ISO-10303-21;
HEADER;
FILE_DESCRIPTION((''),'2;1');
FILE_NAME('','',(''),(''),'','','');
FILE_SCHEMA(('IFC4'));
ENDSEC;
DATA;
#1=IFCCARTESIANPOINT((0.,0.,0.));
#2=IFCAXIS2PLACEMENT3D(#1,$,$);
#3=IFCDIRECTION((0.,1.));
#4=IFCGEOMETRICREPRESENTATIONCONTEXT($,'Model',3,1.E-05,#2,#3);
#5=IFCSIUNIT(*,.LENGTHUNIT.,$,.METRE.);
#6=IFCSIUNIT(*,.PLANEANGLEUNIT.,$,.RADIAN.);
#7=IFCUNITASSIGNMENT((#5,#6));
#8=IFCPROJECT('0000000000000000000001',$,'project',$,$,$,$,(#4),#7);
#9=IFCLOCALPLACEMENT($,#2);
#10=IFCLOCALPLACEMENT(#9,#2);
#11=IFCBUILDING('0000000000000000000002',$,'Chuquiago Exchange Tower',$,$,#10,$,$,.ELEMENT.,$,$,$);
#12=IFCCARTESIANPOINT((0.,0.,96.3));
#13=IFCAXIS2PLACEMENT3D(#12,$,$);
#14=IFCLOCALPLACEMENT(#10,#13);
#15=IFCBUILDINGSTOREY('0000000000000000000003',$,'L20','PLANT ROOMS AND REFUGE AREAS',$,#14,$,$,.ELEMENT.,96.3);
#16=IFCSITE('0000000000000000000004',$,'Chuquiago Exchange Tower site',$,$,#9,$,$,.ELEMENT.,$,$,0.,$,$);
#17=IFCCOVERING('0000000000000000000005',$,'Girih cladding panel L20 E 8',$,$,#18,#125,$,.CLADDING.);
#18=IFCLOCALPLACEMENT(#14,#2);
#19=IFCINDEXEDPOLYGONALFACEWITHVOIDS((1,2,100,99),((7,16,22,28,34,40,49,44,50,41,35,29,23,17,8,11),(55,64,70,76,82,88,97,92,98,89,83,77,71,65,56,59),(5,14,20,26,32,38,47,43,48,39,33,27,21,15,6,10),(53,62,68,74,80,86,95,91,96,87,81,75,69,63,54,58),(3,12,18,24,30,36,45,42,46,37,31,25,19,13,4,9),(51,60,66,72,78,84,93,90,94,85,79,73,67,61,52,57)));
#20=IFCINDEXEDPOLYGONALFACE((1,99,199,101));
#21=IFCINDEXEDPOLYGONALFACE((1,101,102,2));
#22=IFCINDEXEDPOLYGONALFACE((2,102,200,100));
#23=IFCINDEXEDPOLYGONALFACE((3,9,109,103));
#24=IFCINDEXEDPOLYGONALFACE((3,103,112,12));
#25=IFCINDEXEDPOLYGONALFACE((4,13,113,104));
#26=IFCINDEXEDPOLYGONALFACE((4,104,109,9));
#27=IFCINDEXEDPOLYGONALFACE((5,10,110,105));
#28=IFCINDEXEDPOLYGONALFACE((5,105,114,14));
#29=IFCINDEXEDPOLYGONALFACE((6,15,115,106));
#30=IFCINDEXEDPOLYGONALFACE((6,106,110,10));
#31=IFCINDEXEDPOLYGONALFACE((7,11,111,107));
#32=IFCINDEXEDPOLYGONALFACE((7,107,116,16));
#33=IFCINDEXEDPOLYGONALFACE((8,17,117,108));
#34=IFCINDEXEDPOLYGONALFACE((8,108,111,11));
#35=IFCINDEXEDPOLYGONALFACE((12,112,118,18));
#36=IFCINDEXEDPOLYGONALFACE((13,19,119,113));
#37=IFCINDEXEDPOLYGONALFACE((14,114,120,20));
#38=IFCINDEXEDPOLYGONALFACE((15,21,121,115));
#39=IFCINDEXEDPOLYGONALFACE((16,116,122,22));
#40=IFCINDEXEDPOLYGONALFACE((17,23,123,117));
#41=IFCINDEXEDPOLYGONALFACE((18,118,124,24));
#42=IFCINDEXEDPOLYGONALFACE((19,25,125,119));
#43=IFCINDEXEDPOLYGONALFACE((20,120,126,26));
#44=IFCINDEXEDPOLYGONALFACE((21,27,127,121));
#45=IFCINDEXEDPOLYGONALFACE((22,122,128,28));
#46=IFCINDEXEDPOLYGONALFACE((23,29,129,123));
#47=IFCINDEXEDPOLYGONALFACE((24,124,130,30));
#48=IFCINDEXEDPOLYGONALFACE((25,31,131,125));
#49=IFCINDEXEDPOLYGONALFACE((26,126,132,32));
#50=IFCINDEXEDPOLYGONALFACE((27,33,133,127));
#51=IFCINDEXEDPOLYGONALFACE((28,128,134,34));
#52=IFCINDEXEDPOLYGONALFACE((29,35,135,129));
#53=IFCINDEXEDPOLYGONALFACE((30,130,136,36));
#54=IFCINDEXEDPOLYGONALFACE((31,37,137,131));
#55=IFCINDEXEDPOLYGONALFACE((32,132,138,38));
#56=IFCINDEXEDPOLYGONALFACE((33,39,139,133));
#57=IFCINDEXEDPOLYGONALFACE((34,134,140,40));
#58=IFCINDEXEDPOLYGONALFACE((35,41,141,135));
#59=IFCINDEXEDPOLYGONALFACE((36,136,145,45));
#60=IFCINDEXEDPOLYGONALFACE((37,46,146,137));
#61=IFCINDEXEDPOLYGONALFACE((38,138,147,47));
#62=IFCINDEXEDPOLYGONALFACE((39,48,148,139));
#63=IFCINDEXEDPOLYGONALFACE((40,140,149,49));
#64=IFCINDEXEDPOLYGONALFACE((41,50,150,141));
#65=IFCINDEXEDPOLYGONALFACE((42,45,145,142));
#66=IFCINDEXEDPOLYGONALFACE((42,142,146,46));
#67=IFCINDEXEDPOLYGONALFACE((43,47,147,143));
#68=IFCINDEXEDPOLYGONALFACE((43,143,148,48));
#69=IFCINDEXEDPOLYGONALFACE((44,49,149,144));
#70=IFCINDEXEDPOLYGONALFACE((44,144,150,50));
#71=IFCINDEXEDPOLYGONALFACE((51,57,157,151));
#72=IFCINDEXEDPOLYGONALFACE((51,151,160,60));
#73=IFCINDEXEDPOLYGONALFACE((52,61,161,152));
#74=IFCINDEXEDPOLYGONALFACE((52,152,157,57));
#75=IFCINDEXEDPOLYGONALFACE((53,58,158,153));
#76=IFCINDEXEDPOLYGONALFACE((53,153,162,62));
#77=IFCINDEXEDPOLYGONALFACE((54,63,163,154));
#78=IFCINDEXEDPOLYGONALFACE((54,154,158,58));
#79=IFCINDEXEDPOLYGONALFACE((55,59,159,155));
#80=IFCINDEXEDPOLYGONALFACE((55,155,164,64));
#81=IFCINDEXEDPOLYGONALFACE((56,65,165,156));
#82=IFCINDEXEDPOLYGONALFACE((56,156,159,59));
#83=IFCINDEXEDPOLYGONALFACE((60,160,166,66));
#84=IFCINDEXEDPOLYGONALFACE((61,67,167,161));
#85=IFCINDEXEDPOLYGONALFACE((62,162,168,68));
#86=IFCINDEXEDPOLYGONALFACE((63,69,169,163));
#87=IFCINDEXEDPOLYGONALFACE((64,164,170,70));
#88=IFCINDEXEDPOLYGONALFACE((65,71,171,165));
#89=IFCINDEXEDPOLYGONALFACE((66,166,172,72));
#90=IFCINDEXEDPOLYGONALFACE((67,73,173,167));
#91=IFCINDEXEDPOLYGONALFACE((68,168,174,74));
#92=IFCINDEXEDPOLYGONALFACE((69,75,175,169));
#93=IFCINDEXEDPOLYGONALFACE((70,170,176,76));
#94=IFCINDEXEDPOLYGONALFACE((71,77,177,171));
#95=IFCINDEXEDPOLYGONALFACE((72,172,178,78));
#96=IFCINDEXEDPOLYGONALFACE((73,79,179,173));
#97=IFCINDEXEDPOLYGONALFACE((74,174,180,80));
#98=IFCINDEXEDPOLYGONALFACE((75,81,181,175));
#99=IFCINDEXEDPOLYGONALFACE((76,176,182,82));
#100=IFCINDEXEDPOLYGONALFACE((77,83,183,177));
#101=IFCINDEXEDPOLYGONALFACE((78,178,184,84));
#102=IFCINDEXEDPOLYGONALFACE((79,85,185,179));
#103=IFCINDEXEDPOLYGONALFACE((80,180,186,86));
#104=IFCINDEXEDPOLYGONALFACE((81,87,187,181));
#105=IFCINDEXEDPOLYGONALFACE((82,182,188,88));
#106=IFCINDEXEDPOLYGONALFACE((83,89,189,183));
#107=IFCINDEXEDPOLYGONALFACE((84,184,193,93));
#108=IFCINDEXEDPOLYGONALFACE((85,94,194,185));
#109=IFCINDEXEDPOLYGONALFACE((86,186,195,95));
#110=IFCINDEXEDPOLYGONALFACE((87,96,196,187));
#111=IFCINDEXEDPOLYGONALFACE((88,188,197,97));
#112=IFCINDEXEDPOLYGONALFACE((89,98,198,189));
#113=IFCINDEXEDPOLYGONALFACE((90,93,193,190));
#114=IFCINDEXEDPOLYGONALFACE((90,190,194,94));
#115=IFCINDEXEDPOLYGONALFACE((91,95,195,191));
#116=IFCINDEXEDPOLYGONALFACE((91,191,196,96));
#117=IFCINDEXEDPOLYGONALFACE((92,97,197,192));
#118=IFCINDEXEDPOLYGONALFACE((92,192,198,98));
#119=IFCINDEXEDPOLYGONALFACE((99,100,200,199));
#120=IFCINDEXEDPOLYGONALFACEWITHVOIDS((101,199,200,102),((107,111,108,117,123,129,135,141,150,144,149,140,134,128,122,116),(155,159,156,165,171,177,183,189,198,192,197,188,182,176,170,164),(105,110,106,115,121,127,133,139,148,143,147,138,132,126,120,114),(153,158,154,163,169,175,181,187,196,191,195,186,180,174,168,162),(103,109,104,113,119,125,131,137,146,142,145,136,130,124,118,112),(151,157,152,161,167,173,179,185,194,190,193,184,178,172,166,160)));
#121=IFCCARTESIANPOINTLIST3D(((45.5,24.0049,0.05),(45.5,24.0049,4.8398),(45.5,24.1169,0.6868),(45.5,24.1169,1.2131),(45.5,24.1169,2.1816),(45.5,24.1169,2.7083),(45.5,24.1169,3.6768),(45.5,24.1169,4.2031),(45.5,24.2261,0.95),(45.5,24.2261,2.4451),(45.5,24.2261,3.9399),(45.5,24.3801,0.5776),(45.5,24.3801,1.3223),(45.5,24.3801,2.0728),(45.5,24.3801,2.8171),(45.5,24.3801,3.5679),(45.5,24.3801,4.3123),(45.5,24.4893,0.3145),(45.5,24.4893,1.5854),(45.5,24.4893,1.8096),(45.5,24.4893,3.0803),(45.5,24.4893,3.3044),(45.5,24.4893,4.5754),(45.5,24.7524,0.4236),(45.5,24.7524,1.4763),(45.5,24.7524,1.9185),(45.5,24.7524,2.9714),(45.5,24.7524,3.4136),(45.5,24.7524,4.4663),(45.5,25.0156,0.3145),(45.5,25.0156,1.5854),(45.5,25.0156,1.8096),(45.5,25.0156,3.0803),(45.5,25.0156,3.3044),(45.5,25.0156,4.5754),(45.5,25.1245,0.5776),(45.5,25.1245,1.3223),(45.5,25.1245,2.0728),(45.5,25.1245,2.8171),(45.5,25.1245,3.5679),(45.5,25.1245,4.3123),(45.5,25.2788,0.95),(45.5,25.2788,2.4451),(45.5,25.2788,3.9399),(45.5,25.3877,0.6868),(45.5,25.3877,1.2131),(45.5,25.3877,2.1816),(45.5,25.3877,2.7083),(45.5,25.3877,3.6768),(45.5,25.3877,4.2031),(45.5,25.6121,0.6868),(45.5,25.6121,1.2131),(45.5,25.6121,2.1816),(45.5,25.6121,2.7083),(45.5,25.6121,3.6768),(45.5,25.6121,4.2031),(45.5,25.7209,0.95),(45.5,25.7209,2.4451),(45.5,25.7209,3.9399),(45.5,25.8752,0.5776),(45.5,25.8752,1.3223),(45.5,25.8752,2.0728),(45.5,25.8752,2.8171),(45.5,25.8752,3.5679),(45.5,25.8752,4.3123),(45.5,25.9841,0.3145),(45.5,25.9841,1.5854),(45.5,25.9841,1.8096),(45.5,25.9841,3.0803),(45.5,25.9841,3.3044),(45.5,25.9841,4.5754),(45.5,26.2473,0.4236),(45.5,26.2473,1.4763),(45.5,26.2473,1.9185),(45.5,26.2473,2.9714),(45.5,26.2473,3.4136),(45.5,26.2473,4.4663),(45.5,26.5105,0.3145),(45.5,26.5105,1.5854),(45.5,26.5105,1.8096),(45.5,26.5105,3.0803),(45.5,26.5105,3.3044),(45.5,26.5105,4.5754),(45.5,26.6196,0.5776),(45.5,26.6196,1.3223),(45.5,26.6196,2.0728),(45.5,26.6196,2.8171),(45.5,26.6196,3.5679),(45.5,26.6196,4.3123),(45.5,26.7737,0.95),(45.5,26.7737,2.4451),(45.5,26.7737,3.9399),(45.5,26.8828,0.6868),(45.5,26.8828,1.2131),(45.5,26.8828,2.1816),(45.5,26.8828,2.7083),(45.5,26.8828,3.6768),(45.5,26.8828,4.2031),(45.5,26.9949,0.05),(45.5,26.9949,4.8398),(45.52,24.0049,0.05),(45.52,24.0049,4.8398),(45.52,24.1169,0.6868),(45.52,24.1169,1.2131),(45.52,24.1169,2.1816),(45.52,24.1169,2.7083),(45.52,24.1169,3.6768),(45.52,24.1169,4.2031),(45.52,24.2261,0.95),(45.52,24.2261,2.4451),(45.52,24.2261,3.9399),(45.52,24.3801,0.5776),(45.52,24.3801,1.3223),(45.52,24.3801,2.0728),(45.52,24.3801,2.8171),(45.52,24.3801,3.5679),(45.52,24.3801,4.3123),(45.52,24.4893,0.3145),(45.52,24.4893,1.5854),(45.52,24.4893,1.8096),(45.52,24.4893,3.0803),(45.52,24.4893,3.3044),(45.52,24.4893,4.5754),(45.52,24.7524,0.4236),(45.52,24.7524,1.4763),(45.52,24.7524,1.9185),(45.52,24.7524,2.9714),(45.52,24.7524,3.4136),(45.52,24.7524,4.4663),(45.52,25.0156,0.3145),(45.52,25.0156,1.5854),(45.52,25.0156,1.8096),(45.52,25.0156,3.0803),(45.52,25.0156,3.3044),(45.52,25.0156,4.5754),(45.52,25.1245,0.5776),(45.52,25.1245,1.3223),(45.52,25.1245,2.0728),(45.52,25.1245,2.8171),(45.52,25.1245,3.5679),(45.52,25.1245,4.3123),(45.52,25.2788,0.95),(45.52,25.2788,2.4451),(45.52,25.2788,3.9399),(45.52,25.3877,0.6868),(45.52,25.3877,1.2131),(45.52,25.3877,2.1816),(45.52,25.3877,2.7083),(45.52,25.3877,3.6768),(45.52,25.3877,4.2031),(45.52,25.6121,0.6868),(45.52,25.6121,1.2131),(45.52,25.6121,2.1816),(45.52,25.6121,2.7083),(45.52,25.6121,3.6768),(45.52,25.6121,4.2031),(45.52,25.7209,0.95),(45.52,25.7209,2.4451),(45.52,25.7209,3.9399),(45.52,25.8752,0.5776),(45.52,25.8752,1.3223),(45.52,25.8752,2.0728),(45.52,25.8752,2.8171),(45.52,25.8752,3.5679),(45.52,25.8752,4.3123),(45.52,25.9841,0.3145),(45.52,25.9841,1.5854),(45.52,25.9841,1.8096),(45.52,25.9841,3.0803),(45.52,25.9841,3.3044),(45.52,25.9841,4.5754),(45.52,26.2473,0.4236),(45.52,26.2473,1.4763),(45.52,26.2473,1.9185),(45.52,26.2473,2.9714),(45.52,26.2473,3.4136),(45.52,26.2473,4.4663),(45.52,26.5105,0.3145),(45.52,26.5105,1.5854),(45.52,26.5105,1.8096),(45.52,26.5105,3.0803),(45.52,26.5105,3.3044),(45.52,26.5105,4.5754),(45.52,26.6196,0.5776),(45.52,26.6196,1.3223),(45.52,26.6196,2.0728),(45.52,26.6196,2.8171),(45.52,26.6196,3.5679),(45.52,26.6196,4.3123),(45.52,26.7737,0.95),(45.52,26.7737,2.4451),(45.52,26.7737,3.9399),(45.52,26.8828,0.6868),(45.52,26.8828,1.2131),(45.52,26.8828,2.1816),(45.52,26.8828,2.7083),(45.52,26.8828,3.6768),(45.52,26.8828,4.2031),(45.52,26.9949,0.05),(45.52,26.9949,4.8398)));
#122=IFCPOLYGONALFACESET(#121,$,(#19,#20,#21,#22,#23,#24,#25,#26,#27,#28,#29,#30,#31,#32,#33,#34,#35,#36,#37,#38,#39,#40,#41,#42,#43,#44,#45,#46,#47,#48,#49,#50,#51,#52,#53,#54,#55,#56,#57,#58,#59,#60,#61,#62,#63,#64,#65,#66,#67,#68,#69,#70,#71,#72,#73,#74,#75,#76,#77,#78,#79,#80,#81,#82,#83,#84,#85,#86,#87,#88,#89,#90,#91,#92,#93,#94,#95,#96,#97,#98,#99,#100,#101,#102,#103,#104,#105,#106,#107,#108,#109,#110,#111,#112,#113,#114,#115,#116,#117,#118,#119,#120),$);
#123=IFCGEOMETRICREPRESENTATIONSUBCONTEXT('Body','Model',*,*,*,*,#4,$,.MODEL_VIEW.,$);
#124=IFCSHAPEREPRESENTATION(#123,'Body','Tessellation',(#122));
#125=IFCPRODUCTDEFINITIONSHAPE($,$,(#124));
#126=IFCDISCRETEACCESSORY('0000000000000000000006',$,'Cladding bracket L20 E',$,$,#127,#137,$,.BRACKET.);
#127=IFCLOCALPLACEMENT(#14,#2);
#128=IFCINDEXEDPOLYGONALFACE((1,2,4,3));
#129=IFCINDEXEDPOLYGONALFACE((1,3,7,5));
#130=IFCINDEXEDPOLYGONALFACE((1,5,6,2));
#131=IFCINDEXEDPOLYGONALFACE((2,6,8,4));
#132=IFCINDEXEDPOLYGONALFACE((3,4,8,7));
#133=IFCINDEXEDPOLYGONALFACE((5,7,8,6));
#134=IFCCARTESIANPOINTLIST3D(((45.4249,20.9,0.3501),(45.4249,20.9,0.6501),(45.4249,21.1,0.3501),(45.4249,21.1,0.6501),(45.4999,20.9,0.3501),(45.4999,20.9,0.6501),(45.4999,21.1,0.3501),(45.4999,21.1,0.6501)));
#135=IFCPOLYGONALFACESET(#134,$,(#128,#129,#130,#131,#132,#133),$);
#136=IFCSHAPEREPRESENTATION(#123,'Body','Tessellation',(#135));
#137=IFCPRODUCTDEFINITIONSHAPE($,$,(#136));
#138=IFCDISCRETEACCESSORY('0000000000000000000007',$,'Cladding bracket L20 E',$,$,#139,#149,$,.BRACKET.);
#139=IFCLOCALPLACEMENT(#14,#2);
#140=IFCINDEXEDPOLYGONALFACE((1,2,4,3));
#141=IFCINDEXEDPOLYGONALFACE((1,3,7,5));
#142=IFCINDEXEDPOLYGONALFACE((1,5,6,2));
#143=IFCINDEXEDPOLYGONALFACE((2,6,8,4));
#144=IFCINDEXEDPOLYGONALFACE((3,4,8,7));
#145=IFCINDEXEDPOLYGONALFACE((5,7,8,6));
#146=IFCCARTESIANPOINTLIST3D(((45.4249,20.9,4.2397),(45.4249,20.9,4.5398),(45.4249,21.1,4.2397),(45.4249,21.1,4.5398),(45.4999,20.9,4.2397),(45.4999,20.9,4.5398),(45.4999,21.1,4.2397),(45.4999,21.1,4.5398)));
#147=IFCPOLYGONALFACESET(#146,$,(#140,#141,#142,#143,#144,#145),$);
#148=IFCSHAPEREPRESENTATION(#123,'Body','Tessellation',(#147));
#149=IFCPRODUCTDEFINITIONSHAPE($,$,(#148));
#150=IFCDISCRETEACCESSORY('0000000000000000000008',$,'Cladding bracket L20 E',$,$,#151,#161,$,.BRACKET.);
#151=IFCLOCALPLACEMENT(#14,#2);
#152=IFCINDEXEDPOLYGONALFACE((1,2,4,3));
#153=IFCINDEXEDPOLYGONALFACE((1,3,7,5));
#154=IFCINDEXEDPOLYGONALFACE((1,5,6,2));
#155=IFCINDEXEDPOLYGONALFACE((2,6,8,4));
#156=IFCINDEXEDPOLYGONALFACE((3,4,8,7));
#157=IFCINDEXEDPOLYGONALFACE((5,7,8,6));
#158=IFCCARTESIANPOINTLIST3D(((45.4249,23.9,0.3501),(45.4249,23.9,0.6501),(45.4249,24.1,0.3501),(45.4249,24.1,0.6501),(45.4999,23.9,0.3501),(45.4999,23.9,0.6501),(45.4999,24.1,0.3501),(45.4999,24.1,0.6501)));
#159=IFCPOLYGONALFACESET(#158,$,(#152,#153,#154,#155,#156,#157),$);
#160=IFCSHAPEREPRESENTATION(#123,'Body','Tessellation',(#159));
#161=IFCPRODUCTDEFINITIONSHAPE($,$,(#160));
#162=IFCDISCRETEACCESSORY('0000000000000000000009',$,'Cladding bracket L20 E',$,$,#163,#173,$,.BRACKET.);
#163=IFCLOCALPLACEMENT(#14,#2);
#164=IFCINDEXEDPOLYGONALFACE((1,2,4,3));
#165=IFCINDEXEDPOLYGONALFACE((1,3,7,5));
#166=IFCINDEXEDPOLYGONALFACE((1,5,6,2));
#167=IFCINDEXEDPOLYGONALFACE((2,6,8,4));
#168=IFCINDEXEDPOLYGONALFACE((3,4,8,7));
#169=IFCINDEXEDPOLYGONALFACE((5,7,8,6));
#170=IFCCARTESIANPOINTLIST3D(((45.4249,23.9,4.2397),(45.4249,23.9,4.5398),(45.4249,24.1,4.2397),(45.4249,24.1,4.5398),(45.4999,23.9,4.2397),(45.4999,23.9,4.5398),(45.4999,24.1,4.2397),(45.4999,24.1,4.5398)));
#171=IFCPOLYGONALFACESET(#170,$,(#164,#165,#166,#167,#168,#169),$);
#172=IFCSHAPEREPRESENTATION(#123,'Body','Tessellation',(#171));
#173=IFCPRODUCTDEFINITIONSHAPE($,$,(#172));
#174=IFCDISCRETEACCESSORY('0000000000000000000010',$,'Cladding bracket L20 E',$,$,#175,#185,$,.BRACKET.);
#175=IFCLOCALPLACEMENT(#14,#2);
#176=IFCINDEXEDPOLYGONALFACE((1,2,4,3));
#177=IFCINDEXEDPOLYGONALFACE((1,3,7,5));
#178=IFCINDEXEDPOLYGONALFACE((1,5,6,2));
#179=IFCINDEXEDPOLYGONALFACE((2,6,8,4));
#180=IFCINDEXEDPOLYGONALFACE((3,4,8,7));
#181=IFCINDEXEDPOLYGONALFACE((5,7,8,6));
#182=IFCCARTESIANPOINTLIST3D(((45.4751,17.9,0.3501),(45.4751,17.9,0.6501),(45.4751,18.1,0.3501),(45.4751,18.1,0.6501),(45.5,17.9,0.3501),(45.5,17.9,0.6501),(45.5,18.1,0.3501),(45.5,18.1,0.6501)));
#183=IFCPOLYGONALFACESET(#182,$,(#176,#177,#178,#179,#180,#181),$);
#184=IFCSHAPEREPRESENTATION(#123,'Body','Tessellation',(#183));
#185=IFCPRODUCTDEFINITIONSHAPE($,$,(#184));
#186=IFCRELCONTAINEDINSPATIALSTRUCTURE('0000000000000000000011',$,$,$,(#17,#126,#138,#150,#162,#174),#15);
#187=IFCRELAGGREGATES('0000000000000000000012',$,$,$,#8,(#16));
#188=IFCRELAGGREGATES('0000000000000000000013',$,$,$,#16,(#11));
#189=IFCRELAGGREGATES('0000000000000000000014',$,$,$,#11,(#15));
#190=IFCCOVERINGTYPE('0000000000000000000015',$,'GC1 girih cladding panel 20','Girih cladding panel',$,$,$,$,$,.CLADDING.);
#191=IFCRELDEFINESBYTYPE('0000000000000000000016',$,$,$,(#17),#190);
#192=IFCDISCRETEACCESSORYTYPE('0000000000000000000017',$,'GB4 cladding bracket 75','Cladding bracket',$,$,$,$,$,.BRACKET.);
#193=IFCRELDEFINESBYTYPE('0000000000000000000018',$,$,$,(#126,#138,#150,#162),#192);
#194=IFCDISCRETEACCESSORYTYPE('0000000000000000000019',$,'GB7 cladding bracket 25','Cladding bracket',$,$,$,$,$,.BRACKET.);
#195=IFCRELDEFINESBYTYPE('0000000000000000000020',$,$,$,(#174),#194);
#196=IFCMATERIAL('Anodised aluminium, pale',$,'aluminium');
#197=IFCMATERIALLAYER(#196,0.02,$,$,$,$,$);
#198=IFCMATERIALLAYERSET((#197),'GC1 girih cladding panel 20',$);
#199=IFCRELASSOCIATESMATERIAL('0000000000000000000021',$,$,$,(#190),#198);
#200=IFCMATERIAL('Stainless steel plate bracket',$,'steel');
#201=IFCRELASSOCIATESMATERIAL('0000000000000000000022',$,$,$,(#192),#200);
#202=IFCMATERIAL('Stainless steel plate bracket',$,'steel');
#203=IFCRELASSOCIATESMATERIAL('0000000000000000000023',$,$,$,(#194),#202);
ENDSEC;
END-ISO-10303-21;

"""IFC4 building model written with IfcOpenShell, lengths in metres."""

from ifc_helpers import new_model, si_unit, direction, frame, origin, origin_2d, place, context, subcontext, project, spatial, polyline, rectangle, outline, extrude, material, layer, layer_set, type_object, element, save


model = new_model("IFC4")

# Units and contexts
model_context = context("Model", 3, precision=1e-05, world=origin(), true_north=direction((0.0, 1.0)))
body_context = subcontext(model_context, "Body", "Model", "MODEL_VIEW")
ifc_project = project(units=[si_unit("LENGTHUNIT", "METRE"), si_unit("PLANEANGLEUNIT", "RADIAN")], contexts=[model_context])

# Site, building, storey
site_placement = place(None, origin())
site = spatial("IfcSite", under=ifc_project, at=site_placement, Name="Chuquiago Exchange Tower site", CompositionType="ELEMENT", RefElevation=0.0)
building_placement = place(site_placement, origin())
building = spatial("IfcBuilding", under=site, at=building_placement, Name="Chuquiago Exchange Tower", CompositionType="ELEMENT")
storey_placement = place(building_placement, frame((0.0, 0.0, 96.3)))
storey = spatial("IfcBuildingStorey", under=building, at=storey_placement, Name="L20", Description="PLANT ROOMS AND REFUGE AREAS", CompositionType="ELEMENT", Elevation=96.3)

# Covering
ifc_material_1 = material(Name="Anodised aluminium, pale", Category="aluminium")
ifc_layer_1 = layer(ifc_material_1, 0.02)
ifc_layer_set_1 = layer_set([ifc_layer_1], Name="GC1 girih cladding panel 20")
covering_type = type_object("IfcCoveringType", Name="GC1 girih cladding panel 20", Description="Girih cladding panel", PredefinedType="CLADDING", material=ifc_layer_set_1)
covering_1_placement = place(storey_placement, frame((45.5, 24.0049, 0.05), z_axis=(0.0, 0.0, 1.0), x_axis=(0.0, 1.0, 0.0)))
element("IfcCovering", 1, at=covering_1_placement, inside=storey, type_object=covering_type, Name="Girih cladding panel L20 E 8", PredefinedType="CLADDING", context=body_context, shape_type="SweptSolid", body=[
    extrude(outline(polyline([(0.0, 0.0), (2.99, 0.0), (2.99, 4.7898), (0.0, 4.7898), (0.0, 0.0)]), holes=[polyline([(1.2739, 0.8999), (1.3828, 1.1631), (1.1196, 1.2722), (1.0107, 1.5354), (0.7476, 1.4263), (0.4844, 1.5354), (0.3752, 1.2722), (0.1121, 1.1631), (0.2212, 0.8999), (0.1121, 0.6367), (0.3752, 0.5276), (0.4844, 0.2644), (0.7476, 0.3735), (1.0107, 0.2644), (1.1196, 0.5276), (1.3828, 0.6367), (1.2739, 0.8999)]), polyline([(2.7688, 0.8999), (2.8779, 1.1631), (2.6147, 1.2722), (2.5056, 1.5354), (2.2424, 1.4263), (1.9792, 1.5354), (1.8704, 1.2722), (1.6072, 1.1631), (1.7161, 0.8999), (1.6072, 0.6367), (1.8704, 0.5276), (1.9792, 0.2644), (2.2424, 0.3735), (2.5056, 0.2644), (2.6147, 0.5276), (2.8779, 0.6367), (2.7688, 0.8999)]), polyline([(1.2739, 2.395), (1.3828, 2.6582), (1.1196, 2.7671), (1.0107, 3.0303), (0.7476, 2.9214), (0.4844, 3.0303), (0.3752, 2.7671), (0.1121, 2.6582), (0.2212, 2.395), (0.1121, 2.1316), (0.3752, 2.0227), (0.4844, 1.7595), (0.7476, 1.8684), (1.0107, 1.7595), (1.1196, 2.0227), (1.3828, 2.1316), (1.2739, 2.395)]), polyline([(2.7688, 2.395), (2.8779, 2.6582), (2.6147, 2.7671), (2.5056, 3.0303), (2.2424, 2.9214), (1.9792, 3.0303), (1.8704, 2.7671), (1.6072, 2.6582), (1.7161, 2.395), (1.6072, 2.1316), (1.8704, 2.0227), (1.9792, 1.7595), (2.2424, 1.8684), (2.5056, 1.7595), (2.6147, 2.0227), (2.8779, 2.1316), (2.7688, 2.395)]), polyline([(1.2739, 3.8899), (1.3828, 4.1531), (1.1196, 4.2622), (1.0107, 4.5254), (0.7476, 4.4163), (0.4844, 4.5254), (0.3752, 4.2622), (0.1121, 4.1531), (0.2212, 3.8899), (0.1121, 3.6267), (0.3752, 3.5178), (0.4844, 3.2544), (0.7476, 3.3635), (1.0107, 3.2544), (1.1196, 3.5178), (1.3828, 3.6267), (1.2739, 3.8899)]), polyline([(2.7688, 3.8899), (2.8779, 4.1531), (2.6147, 4.2622), (2.5056, 4.5254), (2.2424, 4.4163), (1.9792, 4.5254), (1.8704, 4.2622), (1.6072, 4.1531), (1.7161, 3.8899), (1.6072, 3.6267), (1.8704, 3.5178), (1.9792, 3.2544), (2.2424, 3.3635), (2.5056, 3.2544), (2.6147, 3.5178), (2.8779, 3.6267), (2.7688, 3.8899)])]), frame((0.0, 0.0, 0.0), z_axis=(0.0, -1.0, 0.0), x_axis=(1.0, 0.0, 0.0)), (0.0, 0.0, 1.0), 0.02),
])

# Discrete accessories
ifc_material_2 = material(Name="Stainless steel plate bracket", Category="steel")
discrete_accessory_type_1 = type_object("IfcDiscreteAccessoryType", Name="GB4 cladding bracket 75", Description="Cladding bracket", PredefinedType="BRACKET", material=ifc_material_2)
for number, where, z_axis, x_axis, name in (
    (2, (45.4624, 21.0, 0.3501), (0.0, 0.0, 1.0), (0.0, 1.0, 0.0), "Cladding bracket L20 E"),
    (3, (45.4624, 21.0, 4.2397), (0.0, 0.0, 1.0), (0.0, 1.0, 0.0), "Cladding bracket L20 E"),
    (4, (45.4624, 24.0, 0.3501), (0.0, 0.0, 1.0), (0.0, 1.0, 0.0), "Cladding bracket L20 E"),
    (5, (45.4624, 24.0, 4.2397), (0.0, 0.0, 1.0), (0.0, 1.0, 0.0), "Cladding bracket L20 E"),
):
    element("IfcDiscreteAccessory", number, at=place(storey_placement, frame(where, z_axis=z_axis, x_axis=x_axis)), inside=storey, type_object=discrete_accessory_type_1, Name=name, PredefinedType="BRACKET", context=body_context, shape_type="SweptSolid", body=[
        extrude(rectangle(XDim=0.2, YDim=0.075, at=origin_2d()), origin(), (0.0, 0.0, 1.0), 0.3),
    ])
ifc_material_3 = material(Name="Stainless steel plate bracket", Category="steel")
discrete_accessory_type_2 = type_object("IfcDiscreteAccessoryType", Name="GB7 cladding bracket 25", Description="Cladding bracket", PredefinedType="BRACKET", material=ifc_material_3)
for number, where, z_axis, x_axis, name in (
    (6, (45.4875, 18.0, 0.3501), (0.0, 0.0, 1.0), (0.0, 1.0, 0.0), "Cladding bracket L20 E"),
):
    element("IfcDiscreteAccessory", number, at=place(storey_placement, frame(where, z_axis=z_axis, x_axis=x_axis)), inside=storey, type_object=discrete_accessory_type_2, Name=name, PredefinedType="BRACKET", context=body_context, shape_type="SweptSolid", body=[
        extrude(rectangle(XDim=0.2, YDim=0.0249, at=origin_2d()), origin(), (0.0, 0.0, 1.0), 0.3),
    ])

save(model, "model.ifc")
